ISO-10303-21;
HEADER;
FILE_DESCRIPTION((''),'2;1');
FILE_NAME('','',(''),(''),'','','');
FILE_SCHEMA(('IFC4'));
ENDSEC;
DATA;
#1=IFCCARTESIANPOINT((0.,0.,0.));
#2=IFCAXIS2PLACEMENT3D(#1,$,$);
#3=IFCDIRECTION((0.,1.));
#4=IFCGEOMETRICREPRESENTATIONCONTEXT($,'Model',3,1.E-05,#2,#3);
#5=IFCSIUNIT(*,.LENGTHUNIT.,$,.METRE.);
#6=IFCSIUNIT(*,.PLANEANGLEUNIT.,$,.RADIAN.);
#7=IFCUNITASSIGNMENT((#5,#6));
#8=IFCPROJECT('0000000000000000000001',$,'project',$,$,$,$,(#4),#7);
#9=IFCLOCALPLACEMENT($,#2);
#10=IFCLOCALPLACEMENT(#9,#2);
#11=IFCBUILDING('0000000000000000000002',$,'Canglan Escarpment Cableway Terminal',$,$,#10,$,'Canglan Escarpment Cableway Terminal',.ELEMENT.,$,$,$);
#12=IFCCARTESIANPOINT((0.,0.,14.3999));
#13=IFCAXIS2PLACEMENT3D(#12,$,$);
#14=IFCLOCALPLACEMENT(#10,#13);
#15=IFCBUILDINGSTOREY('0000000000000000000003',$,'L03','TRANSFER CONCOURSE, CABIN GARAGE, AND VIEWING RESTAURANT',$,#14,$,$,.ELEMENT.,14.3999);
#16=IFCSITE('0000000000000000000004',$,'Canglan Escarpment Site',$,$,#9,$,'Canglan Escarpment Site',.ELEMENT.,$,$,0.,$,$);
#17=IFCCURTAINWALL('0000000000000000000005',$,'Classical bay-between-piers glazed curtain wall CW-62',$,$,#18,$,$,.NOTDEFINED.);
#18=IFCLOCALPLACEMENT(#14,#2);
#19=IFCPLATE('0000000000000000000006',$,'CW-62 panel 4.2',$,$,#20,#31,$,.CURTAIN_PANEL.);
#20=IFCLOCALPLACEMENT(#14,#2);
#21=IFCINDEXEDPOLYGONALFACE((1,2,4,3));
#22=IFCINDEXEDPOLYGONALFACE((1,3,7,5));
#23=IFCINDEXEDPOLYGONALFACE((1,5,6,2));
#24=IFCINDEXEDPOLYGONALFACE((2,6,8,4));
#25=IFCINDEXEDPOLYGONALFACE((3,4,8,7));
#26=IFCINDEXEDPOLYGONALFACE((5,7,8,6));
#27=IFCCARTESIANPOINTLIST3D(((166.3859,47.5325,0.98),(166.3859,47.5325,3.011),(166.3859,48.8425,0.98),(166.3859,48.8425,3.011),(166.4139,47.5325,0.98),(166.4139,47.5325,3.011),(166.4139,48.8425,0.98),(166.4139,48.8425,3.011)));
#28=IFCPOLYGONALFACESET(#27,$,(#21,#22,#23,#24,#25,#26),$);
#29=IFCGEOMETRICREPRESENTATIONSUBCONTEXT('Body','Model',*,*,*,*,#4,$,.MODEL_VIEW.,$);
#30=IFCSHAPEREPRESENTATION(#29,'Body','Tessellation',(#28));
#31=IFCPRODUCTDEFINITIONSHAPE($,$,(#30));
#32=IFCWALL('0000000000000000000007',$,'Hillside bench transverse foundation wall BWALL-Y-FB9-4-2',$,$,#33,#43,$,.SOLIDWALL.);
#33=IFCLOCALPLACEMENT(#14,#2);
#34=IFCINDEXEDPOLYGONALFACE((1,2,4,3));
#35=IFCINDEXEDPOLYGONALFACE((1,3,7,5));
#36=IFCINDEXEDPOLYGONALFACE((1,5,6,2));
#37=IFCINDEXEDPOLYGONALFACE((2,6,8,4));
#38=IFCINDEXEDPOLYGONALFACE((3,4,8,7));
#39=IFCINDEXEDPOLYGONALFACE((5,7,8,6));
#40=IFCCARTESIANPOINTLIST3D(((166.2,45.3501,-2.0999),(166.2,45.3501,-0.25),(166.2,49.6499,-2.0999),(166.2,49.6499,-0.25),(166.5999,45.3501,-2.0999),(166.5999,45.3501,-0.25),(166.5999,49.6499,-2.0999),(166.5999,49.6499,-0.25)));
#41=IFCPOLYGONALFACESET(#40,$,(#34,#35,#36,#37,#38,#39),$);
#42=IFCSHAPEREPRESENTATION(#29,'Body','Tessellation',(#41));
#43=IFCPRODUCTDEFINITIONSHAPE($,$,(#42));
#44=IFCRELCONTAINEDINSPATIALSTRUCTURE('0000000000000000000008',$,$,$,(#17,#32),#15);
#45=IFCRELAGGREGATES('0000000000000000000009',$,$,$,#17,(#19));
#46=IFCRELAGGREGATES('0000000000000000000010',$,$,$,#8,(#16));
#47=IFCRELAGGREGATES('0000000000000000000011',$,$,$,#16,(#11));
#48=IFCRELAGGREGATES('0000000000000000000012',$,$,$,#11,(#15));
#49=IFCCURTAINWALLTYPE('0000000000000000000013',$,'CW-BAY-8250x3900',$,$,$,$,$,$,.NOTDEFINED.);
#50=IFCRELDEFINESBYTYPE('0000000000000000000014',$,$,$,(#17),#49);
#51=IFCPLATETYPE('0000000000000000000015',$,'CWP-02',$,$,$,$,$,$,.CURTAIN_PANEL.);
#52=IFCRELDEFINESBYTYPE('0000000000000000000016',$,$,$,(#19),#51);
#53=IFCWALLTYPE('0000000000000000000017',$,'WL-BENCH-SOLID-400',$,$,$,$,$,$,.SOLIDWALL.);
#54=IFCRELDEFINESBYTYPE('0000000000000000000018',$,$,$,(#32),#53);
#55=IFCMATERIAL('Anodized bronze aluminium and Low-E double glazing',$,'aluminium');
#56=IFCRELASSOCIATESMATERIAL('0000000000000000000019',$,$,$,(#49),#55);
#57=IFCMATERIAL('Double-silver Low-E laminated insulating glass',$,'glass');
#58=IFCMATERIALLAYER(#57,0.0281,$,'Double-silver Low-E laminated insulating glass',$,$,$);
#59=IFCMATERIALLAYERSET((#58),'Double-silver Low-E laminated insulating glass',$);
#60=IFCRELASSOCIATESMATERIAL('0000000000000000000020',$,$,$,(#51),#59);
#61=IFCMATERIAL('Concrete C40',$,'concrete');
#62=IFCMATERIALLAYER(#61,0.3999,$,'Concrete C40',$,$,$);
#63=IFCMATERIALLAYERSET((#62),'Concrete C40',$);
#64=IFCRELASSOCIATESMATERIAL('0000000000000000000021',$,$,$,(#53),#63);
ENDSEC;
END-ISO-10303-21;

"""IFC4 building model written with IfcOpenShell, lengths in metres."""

from ifc_helpers import new_model, si_unit, direction, frame, frame_2d, origin, origin_2d, place, context, subcontext, project, spatial, rectangle, extrude, material, layer, layer_set, type_object, element, aggregate, save


model = new_model("IFC4")

# Units and contexts
model_context = context("Model", 3, precision=1e-05, world=origin(), true_north=direction((0.0, 1.0)))
body_context = subcontext(model_context, "Body", "Model", "MODEL_VIEW")
ifc_project = project(units=[si_unit("LENGTHUNIT", "METRE"), si_unit("PLANEANGLEUNIT", "RADIAN")], contexts=[model_context])

# Site, building, storey
site_placement = place(None, origin())
site = spatial("IfcSite", under=ifc_project, at=site_placement, Name="Canglan Escarpment Site", LongName="Canglan Escarpment Site", CompositionType="ELEMENT", RefElevation=0.0)
building_placement = place(site_placement, origin())
building = spatial("IfcBuilding", under=site, at=building_placement, Name="Canglan Escarpment Cableway Terminal", LongName="Canglan Escarpment Cableway Terminal", CompositionType="ELEMENT")
storey_placement = place(building_placement, frame((0.0, 0.0, 14.3999)))
storey = spatial("IfcBuildingStorey", under=building, at=storey_placement, Name="L03", Description="TRANSFER CONCOURSE, CABIN GARAGE, AND VIEWING RESTAURANT", CompositionType="ELEMENT", Elevation=14.3999)

# Shared definitions
ifc_material_1 = material(Name="Concrete C40", Category="concrete")

# Curtain wall, plate
ifc_material_2 = material(Name="Anodized bronze aluminium and Low-E double glazing", Category="aluminium")
curtain_wall_type = type_object("IfcCurtainWallType", Name="CW-BAY-8250x3900", PredefinedType="NOTDEFINED", material=ifc_material_2)
curtain_wall_placement = place(storey_placement, origin())
curtain_wall = element("IfcCurtainWall", 1, at=curtain_wall_placement, inside=storey, type_object=curtain_wall_type, Name="Classical bay-between-piers glazed curtain wall CW-62", PredefinedType="NOTDEFINED")
ifc_material_3 = material(Name="Double-silver Low-E laminated insulating glass", Category="glass")
ifc_layer_1 = layer(ifc_material_3, 0.0281, Name="Double-silver Low-E laminated insulating glass")
ifc_layer_set_1 = layer_set([ifc_layer_1], Name="Double-silver Low-E laminated insulating glass")
plate_type = type_object("IfcPlateType", Name="CWP-02", PredefinedType="CURTAIN_PANEL", material=ifc_layer_set_1)
plate_1_placement = place(storey_placement, frame((166.3999, 48.1875, 0.98), z_axis=(0.0, 0.0, 1.0), x_axis=(0.0, 1.0, 0.0)))
plate_1 = element("IfcPlate", 2, at=plate_1_placement, type_object=plate_type, Name="CW-62 panel 4.2", PredefinedType="CURTAIN_PANEL", context=body_context, shape_type="SweptSolid", body=[
    extrude(rectangle(XDim=1.3101, YDim=0.0281, at=origin_2d()), origin(), (0.0, 0.0, 1.0), 2.031),
])
aggregate(curtain_wall, [plate_1])

# Wall
ifc_layer_2 = layer(ifc_material_1, 0.3999, Name="Concrete C40")
ifc_layer_set_2 = layer_set([ifc_layer_2], Name="Concrete C40")
wall_type = type_object("IfcWallType", Name="WL-BENCH-SOLID-400", PredefinedType="SOLIDWALL", material=ifc_layer_set_2)
wall_placement = place(storey_placement, frame((166.3999, 45.3501, -2.0999), z_axis=(0.0, 0.0, 1.0), x_axis=(0.0, 1.0, 0.0)))
element("IfcWall", 3, at=wall_placement, inside=storey, type_object=wall_type, Name="Hillside bench transverse foundation wall BWALL-Y-FB9-4-2", PredefinedType="SOLIDWALL", context=body_context, shape_type="SweptSolid", body=[
    extrude(rectangle(XDim=4.2998, YDim=0.3999, at=frame_2d((2.1499, 0.0))), origin(), (0.0, 0.0, 1.0), 1.8499),
])

save(model, "model.ifc")
